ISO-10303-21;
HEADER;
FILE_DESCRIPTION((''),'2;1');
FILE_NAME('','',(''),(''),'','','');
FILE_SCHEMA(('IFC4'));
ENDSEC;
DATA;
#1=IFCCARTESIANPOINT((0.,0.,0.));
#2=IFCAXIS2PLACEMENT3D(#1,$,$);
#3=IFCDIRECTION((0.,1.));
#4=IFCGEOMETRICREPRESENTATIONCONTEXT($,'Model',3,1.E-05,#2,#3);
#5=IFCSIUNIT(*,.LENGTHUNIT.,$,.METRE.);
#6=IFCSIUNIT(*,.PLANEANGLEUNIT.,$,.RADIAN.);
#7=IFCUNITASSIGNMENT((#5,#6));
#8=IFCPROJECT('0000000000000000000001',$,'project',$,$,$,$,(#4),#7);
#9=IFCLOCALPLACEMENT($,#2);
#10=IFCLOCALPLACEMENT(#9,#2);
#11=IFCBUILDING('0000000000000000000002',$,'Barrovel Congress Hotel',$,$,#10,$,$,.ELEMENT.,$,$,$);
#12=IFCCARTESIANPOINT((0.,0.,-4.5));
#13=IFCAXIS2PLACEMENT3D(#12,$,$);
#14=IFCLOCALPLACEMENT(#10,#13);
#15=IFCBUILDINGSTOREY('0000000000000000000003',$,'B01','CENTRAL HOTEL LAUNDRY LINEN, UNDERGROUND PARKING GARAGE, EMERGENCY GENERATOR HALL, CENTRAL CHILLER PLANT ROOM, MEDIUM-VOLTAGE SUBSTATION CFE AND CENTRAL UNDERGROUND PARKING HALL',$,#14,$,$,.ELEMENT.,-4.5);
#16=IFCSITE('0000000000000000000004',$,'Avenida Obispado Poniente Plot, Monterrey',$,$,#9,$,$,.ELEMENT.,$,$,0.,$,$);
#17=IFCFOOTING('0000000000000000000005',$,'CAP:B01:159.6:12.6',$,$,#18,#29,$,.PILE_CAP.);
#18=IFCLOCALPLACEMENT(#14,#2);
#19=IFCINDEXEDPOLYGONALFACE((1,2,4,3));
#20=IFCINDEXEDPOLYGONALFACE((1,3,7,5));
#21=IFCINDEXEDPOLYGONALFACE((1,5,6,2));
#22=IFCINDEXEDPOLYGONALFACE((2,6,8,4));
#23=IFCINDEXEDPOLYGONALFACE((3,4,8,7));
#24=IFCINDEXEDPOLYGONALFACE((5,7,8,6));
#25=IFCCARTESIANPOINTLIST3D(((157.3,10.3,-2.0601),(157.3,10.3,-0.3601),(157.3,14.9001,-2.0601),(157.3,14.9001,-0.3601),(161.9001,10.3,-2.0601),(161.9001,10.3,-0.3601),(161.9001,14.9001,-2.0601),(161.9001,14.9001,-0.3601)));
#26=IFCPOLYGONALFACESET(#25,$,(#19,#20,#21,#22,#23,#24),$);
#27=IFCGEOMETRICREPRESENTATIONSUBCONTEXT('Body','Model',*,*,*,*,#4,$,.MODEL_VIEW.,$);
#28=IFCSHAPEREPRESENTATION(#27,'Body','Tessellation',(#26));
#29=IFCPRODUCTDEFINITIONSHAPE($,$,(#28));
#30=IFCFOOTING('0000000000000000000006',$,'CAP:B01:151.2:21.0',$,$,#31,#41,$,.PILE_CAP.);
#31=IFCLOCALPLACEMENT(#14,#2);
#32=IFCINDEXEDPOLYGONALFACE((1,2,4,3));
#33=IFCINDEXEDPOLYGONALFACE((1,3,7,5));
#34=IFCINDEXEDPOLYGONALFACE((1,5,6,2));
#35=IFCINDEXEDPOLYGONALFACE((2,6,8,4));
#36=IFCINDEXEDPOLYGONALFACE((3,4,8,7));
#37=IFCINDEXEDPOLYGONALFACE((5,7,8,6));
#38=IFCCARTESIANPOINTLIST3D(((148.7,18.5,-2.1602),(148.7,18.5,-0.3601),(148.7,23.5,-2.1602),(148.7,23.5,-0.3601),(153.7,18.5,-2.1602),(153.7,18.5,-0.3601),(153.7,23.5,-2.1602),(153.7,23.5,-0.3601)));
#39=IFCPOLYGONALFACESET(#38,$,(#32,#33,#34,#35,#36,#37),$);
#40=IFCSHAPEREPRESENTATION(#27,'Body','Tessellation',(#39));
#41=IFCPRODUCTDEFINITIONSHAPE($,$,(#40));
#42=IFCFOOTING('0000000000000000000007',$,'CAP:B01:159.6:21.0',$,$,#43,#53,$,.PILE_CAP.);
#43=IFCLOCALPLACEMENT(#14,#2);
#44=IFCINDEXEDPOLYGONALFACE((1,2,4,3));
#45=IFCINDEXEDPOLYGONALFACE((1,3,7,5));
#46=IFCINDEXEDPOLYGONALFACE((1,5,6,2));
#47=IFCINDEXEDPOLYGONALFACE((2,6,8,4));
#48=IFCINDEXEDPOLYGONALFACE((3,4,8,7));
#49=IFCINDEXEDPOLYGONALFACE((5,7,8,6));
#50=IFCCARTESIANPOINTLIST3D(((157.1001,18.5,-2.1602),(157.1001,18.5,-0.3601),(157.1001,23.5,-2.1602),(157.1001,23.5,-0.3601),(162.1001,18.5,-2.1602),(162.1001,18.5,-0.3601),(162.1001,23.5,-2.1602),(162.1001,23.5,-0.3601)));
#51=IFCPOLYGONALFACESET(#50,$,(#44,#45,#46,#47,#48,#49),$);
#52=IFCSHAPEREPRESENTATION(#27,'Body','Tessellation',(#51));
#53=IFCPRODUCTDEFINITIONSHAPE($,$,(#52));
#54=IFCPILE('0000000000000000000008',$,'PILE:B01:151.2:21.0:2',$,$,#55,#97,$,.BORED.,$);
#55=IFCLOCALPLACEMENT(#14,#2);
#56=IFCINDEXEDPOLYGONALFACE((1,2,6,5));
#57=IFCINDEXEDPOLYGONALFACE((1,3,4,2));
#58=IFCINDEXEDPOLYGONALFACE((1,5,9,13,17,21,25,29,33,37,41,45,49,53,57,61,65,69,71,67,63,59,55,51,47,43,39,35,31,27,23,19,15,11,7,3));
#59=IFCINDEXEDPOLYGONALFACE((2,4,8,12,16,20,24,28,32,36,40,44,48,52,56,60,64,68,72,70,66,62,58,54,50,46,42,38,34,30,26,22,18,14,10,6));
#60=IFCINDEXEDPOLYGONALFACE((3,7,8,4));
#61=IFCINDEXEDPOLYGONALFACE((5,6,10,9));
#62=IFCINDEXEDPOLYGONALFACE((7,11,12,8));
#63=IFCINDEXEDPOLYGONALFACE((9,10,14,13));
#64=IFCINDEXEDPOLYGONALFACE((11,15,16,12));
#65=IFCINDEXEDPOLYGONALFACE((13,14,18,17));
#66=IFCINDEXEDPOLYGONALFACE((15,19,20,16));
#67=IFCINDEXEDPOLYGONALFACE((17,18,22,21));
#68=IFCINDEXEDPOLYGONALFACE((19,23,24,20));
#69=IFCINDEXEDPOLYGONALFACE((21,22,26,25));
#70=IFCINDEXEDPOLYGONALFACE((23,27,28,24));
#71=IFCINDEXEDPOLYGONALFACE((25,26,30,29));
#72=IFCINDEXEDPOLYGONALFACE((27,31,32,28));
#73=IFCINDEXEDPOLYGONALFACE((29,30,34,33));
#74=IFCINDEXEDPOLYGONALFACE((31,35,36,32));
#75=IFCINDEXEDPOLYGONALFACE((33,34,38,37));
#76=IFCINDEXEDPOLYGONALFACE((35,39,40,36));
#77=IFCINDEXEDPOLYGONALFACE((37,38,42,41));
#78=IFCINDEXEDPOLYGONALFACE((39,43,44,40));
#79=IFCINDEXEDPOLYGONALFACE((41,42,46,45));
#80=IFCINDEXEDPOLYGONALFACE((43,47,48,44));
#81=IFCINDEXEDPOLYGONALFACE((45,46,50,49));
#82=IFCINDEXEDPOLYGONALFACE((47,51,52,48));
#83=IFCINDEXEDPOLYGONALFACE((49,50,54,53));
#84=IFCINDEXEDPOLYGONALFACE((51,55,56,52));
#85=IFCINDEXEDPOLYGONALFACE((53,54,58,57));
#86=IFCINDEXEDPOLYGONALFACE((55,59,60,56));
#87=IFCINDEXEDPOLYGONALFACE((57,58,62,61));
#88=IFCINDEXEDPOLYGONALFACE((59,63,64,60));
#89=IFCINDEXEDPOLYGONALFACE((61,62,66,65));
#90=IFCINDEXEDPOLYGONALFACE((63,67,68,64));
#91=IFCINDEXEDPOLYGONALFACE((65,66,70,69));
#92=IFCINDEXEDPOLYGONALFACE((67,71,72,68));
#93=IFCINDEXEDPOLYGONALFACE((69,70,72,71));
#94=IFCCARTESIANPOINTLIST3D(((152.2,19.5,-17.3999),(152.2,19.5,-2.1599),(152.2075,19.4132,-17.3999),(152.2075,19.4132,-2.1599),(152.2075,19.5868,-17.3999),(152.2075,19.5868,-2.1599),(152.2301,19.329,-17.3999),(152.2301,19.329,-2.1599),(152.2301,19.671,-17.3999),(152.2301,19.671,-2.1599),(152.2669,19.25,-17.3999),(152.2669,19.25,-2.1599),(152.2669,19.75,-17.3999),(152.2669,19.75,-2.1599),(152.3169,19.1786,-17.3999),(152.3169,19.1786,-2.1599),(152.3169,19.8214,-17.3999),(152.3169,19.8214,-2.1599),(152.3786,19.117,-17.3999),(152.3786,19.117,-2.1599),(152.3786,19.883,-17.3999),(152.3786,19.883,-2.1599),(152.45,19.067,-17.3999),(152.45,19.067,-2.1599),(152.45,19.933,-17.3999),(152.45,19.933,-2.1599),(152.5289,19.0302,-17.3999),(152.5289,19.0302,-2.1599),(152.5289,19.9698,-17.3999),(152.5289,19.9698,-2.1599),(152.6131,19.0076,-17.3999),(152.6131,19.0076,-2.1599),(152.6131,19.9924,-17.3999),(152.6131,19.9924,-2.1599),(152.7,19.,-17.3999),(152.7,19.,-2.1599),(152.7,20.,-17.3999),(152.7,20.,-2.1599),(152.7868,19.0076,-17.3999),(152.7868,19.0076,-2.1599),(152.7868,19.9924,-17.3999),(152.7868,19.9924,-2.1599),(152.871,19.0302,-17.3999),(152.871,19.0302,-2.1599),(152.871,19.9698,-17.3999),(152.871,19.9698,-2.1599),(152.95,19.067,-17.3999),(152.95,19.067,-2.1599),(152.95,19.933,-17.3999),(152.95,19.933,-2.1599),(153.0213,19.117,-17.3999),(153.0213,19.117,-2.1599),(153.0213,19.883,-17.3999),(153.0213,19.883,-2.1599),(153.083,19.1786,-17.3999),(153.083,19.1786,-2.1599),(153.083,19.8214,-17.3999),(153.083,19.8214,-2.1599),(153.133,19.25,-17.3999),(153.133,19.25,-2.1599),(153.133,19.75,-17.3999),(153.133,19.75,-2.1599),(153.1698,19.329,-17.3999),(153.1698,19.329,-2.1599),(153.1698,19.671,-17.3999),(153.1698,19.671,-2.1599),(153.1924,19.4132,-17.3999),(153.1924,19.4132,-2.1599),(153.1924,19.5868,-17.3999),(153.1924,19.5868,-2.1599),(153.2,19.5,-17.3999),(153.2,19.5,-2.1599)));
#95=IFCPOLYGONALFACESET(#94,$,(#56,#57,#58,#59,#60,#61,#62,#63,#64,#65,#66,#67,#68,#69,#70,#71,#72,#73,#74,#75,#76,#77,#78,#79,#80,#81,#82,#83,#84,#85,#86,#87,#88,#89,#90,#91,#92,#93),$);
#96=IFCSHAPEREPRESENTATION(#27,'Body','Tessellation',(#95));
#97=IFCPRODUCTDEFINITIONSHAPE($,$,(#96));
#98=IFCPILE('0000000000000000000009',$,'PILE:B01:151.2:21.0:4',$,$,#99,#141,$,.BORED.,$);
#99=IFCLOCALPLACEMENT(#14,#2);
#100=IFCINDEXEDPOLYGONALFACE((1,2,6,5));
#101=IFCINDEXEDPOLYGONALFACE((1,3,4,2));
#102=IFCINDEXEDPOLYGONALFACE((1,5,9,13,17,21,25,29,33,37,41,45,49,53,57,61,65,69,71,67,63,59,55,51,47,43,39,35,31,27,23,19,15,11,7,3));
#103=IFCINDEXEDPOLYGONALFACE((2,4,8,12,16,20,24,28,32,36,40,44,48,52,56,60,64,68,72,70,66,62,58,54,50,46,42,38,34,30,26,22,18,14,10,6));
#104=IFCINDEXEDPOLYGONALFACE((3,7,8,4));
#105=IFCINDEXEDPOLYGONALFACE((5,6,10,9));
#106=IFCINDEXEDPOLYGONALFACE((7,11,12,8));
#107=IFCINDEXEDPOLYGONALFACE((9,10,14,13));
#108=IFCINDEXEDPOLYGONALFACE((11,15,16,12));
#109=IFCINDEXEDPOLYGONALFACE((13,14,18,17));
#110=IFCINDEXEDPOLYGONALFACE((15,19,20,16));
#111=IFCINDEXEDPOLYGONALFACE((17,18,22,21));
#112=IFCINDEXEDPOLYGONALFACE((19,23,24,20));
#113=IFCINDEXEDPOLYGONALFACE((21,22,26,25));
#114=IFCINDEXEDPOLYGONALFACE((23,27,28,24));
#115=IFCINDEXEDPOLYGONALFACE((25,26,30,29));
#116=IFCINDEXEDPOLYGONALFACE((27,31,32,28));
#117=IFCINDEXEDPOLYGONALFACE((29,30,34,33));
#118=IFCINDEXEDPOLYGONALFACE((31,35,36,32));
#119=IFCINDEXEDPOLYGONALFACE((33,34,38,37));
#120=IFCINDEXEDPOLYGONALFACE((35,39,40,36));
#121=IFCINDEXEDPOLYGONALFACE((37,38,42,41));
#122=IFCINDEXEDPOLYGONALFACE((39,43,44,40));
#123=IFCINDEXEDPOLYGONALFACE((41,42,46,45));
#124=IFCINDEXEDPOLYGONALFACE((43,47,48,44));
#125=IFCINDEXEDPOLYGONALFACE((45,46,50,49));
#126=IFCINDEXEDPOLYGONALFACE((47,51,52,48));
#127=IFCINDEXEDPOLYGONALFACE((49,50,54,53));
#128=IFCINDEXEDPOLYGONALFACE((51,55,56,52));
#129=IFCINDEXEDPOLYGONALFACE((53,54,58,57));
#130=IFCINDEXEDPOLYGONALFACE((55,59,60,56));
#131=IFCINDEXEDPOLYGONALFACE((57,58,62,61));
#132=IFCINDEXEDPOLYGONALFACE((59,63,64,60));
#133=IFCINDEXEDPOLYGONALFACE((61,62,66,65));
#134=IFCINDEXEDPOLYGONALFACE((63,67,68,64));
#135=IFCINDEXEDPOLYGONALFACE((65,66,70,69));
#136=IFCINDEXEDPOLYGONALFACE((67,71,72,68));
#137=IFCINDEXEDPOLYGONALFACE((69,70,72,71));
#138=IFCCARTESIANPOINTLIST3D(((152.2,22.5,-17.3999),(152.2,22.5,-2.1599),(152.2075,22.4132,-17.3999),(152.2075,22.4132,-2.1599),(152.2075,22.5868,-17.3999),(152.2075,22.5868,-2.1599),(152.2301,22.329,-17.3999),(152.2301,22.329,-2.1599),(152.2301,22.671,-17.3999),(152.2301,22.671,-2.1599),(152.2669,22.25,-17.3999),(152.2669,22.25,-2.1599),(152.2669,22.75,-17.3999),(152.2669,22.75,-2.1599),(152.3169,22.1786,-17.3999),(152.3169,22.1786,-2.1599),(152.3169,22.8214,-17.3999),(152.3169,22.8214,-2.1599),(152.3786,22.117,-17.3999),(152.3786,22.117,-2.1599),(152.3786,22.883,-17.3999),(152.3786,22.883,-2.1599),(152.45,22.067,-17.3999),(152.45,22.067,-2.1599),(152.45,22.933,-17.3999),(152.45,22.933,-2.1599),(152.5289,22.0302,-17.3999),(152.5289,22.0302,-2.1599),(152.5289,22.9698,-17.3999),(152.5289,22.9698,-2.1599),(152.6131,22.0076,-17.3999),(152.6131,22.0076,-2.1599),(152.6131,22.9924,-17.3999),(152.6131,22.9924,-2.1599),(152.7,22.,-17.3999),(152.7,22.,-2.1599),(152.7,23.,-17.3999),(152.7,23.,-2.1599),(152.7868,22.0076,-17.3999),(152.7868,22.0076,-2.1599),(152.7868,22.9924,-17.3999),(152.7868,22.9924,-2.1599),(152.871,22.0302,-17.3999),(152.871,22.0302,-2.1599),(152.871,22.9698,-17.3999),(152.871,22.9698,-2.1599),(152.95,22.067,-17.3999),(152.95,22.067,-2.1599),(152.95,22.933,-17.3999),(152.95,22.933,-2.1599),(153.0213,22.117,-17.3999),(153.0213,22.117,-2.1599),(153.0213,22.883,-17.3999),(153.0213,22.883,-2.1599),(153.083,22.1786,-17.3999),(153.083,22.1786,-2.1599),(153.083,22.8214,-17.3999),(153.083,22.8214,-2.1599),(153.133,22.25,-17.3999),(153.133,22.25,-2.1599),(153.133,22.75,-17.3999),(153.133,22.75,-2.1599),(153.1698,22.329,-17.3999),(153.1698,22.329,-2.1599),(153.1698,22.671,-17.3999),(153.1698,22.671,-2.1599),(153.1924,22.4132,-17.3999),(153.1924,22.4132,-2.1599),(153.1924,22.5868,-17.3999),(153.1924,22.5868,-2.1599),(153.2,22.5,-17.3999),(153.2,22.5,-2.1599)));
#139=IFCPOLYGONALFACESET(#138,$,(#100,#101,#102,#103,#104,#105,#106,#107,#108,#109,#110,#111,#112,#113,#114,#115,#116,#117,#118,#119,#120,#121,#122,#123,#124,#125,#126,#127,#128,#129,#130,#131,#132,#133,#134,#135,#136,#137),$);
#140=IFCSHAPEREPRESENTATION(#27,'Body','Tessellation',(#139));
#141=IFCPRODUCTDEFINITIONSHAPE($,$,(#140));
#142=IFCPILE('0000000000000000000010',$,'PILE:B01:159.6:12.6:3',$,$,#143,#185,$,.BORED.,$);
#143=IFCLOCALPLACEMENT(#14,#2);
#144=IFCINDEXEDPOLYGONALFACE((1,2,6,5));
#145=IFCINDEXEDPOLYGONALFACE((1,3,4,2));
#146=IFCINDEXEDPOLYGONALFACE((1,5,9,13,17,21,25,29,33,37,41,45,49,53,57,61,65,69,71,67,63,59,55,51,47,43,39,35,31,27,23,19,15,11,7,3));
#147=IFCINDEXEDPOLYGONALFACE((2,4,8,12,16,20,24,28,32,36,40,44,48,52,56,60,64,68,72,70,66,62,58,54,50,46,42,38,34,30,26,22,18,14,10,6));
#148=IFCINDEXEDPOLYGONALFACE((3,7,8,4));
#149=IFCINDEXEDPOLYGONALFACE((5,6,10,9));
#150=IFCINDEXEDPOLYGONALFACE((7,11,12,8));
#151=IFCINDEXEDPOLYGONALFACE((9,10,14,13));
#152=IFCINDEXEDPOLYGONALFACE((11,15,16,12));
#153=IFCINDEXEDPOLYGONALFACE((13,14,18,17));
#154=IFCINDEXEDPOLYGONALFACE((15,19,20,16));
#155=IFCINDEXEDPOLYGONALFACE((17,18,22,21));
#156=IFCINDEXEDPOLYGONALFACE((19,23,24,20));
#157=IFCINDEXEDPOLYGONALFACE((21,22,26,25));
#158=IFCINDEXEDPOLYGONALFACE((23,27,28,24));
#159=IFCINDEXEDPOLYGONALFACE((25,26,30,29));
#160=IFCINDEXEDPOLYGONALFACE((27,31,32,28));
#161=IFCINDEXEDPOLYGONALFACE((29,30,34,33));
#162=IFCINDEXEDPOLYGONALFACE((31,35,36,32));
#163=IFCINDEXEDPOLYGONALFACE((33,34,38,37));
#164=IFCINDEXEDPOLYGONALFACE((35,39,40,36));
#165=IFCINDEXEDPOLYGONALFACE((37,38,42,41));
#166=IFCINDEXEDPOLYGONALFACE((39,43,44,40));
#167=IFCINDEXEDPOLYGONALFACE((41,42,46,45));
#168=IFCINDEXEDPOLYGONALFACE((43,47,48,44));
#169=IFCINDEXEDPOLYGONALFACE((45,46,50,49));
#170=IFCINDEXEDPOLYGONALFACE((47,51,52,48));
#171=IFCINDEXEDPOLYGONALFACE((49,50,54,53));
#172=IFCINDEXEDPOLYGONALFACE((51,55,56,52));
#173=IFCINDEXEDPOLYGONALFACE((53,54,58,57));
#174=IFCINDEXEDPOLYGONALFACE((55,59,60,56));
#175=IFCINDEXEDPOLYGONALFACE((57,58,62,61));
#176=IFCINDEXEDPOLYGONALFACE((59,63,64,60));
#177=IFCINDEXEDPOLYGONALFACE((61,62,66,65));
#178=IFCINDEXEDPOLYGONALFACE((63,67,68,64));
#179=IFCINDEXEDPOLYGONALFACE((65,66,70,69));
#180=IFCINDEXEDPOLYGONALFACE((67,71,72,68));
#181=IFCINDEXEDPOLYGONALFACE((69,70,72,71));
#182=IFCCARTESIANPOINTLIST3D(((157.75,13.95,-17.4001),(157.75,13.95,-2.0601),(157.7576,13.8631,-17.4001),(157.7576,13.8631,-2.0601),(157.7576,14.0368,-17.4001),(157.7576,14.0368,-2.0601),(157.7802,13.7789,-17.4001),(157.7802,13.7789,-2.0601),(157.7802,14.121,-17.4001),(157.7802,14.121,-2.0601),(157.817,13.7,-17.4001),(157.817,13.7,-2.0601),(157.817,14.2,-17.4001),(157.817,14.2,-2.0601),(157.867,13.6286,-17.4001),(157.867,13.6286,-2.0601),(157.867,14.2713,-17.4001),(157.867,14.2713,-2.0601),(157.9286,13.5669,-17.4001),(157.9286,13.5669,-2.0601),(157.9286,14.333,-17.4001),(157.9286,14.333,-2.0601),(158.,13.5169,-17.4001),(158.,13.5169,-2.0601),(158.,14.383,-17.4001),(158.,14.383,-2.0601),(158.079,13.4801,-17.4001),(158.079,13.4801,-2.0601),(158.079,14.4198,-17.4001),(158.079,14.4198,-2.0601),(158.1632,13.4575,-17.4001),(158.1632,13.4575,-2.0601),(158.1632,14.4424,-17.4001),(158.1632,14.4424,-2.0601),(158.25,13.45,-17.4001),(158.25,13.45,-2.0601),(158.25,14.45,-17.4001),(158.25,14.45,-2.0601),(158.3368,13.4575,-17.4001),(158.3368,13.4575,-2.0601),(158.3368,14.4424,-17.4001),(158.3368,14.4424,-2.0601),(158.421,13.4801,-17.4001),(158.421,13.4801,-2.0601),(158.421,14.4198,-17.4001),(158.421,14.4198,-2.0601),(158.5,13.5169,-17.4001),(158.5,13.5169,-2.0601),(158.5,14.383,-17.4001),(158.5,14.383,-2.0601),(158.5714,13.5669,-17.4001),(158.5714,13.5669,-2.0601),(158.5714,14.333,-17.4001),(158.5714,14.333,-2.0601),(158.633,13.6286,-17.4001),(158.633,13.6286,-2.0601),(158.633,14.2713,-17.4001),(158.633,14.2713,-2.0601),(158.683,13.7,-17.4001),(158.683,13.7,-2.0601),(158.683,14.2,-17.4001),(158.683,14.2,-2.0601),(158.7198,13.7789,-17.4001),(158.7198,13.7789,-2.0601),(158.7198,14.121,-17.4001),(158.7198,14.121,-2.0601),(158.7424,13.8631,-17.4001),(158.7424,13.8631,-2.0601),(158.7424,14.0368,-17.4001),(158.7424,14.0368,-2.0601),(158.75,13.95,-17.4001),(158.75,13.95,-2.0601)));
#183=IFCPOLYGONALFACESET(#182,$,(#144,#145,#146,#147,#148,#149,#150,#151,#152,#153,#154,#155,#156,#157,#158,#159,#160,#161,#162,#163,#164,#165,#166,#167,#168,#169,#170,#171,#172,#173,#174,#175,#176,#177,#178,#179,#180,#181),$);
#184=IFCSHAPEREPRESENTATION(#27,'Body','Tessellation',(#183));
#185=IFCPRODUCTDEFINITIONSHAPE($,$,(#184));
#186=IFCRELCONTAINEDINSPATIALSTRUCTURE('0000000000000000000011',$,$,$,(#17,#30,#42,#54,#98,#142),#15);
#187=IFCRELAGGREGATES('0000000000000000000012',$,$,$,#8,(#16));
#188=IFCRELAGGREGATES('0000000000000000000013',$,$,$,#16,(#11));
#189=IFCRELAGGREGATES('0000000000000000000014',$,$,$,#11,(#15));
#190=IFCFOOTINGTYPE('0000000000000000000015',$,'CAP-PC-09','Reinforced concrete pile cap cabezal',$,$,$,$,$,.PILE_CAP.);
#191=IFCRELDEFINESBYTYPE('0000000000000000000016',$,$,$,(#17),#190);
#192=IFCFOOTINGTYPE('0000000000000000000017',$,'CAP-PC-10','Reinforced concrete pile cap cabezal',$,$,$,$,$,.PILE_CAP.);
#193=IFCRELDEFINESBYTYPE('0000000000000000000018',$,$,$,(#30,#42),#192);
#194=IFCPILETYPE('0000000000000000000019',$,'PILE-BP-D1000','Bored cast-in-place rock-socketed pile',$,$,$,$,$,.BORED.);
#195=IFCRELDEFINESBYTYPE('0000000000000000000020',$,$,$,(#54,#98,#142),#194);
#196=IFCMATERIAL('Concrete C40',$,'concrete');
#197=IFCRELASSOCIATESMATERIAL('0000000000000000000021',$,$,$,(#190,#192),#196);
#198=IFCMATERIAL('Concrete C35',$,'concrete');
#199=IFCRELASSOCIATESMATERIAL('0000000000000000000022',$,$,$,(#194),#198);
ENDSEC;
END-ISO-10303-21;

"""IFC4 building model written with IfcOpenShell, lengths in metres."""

from ifc_helpers import new_model, si_unit, direction, frame, origin, origin_2d, place, context, subcontext, project, spatial, rectangle, circle, extrude, material, material_profile, profile_set, type_object, element, save


model = new_model("IFC4")

# Units and contexts
model_context = context("Model", 3, precision=1e-05, world=origin(), true_north=direction((0.0, 1.0)))
body_context = subcontext(model_context, "Body", "Model", "MODEL_VIEW")
ifc_project = project(units=[si_unit("LENGTHUNIT", "METRE"), si_unit("PLANEANGLEUNIT", "RADIAN")], contexts=[model_context])

# Site, building, storey
site_placement = place(None, origin())
site = spatial("IfcSite", under=ifc_project, at=site_placement, Name="Avenida Obispado Poniente Plot, Monterrey", CompositionType="ELEMENT", RefElevation=0.0)
building_placement = place(site_placement, origin())
building = spatial("IfcBuilding", under=site, at=building_placement, Name="Barrovel Congress Hotel", CompositionType="ELEMENT")
storey_placement = place(building_placement, frame((0.0, 0.0, -4.5)))
storey = spatial("IfcBuildingStorey", under=building, at=storey_placement, Name="B01", Description="CENTRAL HOTEL LAUNDRY LINEN, UNDERGROUND PARKING GARAGE, EMERGENCY GENERATOR HALL, CENTRAL CHILLER PLANT ROOM, MEDIUM-VOLTAGE SUBSTATION CFE AND CENTRAL UNDERGROUND PARKING HALL", CompositionType="ELEMENT", Elevation=-4.5)

# Footings
ifc_material_1 = material(Name="Concrete C40", Category="concrete")
footing_type_1 = type_object("IfcFootingType", Name="CAP-PC-09", Description="Reinforced concrete pile cap cabezal", PredefinedType="PILE_CAP", material=ifc_material_1)
footing_placement = place(storey_placement, frame((159.6001, 12.6001, -2.0601), z_axis=(0.0, 0.0, 1.0), x_axis=(1.0, 0.0, 0.0)))
element("IfcFooting", 1, at=footing_placement, inside=storey, type_object=footing_type_1, Name="CAP:B01:159.6:12.6", PredefinedType="PILE_CAP", context=body_context, shape_type="SweptSolid", body=[
    extrude(rectangle(XDim=4.6001, YDim=4.6001, at=origin_2d()), origin(), (0.0, 0.0, 1.0), 1.7),
])
footing_type_2 = type_object("IfcFootingType", Name="CAP-PC-10", Description="Reinforced concrete pile cap cabezal", PredefinedType="PILE_CAP", material=ifc_material_1)
for number, where, z_axis, x_axis, name in (
    (2, (151.2, 21.0, -2.1602), (0.0, 0.0, 1.0), (1.0, 0.0, 0.0), "CAP:B01:151.2:21.0"),
    (3, (159.6001, 21.0, -2.1602), (0.0, 0.0, 1.0), (1.0, 0.0, 0.0), "CAP:B01:159.6:21.0"),
):
    element("IfcFooting", number, at=place(storey_placement, frame(where, z_axis=z_axis, x_axis=x_axis)), inside=storey, type_object=footing_type_2, Name=name, PredefinedType="PILE_CAP", context=body_context, shape_type="SweptSolid", body=[
        extrude(rectangle(XDim=5.0, YDim=5.0, at=origin_2d()), origin(), (0.0, 0.0, 1.0), 1.8),
    ])

# Piles
ifc_material_2 = material(Name="Concrete C35", Category="concrete")
ifc_material_profile_1 = material_profile(ifc_material_2, circle(Radius=0.5, at=origin_2d()), Name="BP-D1000")
ifc_profile_set_1 = profile_set([ifc_material_profile_1], Name="Concrete C35")
pile_type_1 = type_object("IfcPileType", Name="PILE-BP-D1000", Description="Bored cast-in-place rock-socketed pile", PredefinedType="BORED", material=ifc_profile_set_1)
for number, where, z_axis, x_axis, name in (
    (4, (152.7, 19.5, -2.1599), (0.0, 0.0, -1.0), (1.0, 0.0, 0.0), "PILE:B01:151.2:21.0:2"),
    (5, (152.7, 22.5, -2.1599), (0.0, 0.0, -1.0), (1.0, 0.0, 0.0), "PILE:B01:151.2:21.0:4"),
):
    element("IfcPile", number, at=place(storey_placement, frame(where, z_axis=z_axis, x_axis=x_axis)), inside=storey, type_object=pile_type_1, Name=name, PredefinedType="BORED", context=body_context, shape_type="SweptSolid", body=[
        extrude(circle(Radius=0.5, at=origin_2d()), origin(), (0.0, 0.0, 1.0), 15.24),
    ])
for number, where, z_axis, x_axis, name in (
    (6, (158.25, 13.95, -2.0601), (0.0, 0.0, -1.0), (1.0, 0.0, 0.0), "PILE:B01:159.6:12.6:3"),
):
    element("IfcPile", number, at=place(storey_placement, frame(where, z_axis=z_axis, x_axis=x_axis)), inside=storey, type_object=pile_type_1, Name=name, PredefinedType="BORED", context=body_context, shape_type="SweptSolid", body=[
        extrude(circle(Radius=0.5, at=origin_2d()), origin(), (0.0, 0.0, 1.0), 15.3401),
    ])

save(model, "model.ifc")
